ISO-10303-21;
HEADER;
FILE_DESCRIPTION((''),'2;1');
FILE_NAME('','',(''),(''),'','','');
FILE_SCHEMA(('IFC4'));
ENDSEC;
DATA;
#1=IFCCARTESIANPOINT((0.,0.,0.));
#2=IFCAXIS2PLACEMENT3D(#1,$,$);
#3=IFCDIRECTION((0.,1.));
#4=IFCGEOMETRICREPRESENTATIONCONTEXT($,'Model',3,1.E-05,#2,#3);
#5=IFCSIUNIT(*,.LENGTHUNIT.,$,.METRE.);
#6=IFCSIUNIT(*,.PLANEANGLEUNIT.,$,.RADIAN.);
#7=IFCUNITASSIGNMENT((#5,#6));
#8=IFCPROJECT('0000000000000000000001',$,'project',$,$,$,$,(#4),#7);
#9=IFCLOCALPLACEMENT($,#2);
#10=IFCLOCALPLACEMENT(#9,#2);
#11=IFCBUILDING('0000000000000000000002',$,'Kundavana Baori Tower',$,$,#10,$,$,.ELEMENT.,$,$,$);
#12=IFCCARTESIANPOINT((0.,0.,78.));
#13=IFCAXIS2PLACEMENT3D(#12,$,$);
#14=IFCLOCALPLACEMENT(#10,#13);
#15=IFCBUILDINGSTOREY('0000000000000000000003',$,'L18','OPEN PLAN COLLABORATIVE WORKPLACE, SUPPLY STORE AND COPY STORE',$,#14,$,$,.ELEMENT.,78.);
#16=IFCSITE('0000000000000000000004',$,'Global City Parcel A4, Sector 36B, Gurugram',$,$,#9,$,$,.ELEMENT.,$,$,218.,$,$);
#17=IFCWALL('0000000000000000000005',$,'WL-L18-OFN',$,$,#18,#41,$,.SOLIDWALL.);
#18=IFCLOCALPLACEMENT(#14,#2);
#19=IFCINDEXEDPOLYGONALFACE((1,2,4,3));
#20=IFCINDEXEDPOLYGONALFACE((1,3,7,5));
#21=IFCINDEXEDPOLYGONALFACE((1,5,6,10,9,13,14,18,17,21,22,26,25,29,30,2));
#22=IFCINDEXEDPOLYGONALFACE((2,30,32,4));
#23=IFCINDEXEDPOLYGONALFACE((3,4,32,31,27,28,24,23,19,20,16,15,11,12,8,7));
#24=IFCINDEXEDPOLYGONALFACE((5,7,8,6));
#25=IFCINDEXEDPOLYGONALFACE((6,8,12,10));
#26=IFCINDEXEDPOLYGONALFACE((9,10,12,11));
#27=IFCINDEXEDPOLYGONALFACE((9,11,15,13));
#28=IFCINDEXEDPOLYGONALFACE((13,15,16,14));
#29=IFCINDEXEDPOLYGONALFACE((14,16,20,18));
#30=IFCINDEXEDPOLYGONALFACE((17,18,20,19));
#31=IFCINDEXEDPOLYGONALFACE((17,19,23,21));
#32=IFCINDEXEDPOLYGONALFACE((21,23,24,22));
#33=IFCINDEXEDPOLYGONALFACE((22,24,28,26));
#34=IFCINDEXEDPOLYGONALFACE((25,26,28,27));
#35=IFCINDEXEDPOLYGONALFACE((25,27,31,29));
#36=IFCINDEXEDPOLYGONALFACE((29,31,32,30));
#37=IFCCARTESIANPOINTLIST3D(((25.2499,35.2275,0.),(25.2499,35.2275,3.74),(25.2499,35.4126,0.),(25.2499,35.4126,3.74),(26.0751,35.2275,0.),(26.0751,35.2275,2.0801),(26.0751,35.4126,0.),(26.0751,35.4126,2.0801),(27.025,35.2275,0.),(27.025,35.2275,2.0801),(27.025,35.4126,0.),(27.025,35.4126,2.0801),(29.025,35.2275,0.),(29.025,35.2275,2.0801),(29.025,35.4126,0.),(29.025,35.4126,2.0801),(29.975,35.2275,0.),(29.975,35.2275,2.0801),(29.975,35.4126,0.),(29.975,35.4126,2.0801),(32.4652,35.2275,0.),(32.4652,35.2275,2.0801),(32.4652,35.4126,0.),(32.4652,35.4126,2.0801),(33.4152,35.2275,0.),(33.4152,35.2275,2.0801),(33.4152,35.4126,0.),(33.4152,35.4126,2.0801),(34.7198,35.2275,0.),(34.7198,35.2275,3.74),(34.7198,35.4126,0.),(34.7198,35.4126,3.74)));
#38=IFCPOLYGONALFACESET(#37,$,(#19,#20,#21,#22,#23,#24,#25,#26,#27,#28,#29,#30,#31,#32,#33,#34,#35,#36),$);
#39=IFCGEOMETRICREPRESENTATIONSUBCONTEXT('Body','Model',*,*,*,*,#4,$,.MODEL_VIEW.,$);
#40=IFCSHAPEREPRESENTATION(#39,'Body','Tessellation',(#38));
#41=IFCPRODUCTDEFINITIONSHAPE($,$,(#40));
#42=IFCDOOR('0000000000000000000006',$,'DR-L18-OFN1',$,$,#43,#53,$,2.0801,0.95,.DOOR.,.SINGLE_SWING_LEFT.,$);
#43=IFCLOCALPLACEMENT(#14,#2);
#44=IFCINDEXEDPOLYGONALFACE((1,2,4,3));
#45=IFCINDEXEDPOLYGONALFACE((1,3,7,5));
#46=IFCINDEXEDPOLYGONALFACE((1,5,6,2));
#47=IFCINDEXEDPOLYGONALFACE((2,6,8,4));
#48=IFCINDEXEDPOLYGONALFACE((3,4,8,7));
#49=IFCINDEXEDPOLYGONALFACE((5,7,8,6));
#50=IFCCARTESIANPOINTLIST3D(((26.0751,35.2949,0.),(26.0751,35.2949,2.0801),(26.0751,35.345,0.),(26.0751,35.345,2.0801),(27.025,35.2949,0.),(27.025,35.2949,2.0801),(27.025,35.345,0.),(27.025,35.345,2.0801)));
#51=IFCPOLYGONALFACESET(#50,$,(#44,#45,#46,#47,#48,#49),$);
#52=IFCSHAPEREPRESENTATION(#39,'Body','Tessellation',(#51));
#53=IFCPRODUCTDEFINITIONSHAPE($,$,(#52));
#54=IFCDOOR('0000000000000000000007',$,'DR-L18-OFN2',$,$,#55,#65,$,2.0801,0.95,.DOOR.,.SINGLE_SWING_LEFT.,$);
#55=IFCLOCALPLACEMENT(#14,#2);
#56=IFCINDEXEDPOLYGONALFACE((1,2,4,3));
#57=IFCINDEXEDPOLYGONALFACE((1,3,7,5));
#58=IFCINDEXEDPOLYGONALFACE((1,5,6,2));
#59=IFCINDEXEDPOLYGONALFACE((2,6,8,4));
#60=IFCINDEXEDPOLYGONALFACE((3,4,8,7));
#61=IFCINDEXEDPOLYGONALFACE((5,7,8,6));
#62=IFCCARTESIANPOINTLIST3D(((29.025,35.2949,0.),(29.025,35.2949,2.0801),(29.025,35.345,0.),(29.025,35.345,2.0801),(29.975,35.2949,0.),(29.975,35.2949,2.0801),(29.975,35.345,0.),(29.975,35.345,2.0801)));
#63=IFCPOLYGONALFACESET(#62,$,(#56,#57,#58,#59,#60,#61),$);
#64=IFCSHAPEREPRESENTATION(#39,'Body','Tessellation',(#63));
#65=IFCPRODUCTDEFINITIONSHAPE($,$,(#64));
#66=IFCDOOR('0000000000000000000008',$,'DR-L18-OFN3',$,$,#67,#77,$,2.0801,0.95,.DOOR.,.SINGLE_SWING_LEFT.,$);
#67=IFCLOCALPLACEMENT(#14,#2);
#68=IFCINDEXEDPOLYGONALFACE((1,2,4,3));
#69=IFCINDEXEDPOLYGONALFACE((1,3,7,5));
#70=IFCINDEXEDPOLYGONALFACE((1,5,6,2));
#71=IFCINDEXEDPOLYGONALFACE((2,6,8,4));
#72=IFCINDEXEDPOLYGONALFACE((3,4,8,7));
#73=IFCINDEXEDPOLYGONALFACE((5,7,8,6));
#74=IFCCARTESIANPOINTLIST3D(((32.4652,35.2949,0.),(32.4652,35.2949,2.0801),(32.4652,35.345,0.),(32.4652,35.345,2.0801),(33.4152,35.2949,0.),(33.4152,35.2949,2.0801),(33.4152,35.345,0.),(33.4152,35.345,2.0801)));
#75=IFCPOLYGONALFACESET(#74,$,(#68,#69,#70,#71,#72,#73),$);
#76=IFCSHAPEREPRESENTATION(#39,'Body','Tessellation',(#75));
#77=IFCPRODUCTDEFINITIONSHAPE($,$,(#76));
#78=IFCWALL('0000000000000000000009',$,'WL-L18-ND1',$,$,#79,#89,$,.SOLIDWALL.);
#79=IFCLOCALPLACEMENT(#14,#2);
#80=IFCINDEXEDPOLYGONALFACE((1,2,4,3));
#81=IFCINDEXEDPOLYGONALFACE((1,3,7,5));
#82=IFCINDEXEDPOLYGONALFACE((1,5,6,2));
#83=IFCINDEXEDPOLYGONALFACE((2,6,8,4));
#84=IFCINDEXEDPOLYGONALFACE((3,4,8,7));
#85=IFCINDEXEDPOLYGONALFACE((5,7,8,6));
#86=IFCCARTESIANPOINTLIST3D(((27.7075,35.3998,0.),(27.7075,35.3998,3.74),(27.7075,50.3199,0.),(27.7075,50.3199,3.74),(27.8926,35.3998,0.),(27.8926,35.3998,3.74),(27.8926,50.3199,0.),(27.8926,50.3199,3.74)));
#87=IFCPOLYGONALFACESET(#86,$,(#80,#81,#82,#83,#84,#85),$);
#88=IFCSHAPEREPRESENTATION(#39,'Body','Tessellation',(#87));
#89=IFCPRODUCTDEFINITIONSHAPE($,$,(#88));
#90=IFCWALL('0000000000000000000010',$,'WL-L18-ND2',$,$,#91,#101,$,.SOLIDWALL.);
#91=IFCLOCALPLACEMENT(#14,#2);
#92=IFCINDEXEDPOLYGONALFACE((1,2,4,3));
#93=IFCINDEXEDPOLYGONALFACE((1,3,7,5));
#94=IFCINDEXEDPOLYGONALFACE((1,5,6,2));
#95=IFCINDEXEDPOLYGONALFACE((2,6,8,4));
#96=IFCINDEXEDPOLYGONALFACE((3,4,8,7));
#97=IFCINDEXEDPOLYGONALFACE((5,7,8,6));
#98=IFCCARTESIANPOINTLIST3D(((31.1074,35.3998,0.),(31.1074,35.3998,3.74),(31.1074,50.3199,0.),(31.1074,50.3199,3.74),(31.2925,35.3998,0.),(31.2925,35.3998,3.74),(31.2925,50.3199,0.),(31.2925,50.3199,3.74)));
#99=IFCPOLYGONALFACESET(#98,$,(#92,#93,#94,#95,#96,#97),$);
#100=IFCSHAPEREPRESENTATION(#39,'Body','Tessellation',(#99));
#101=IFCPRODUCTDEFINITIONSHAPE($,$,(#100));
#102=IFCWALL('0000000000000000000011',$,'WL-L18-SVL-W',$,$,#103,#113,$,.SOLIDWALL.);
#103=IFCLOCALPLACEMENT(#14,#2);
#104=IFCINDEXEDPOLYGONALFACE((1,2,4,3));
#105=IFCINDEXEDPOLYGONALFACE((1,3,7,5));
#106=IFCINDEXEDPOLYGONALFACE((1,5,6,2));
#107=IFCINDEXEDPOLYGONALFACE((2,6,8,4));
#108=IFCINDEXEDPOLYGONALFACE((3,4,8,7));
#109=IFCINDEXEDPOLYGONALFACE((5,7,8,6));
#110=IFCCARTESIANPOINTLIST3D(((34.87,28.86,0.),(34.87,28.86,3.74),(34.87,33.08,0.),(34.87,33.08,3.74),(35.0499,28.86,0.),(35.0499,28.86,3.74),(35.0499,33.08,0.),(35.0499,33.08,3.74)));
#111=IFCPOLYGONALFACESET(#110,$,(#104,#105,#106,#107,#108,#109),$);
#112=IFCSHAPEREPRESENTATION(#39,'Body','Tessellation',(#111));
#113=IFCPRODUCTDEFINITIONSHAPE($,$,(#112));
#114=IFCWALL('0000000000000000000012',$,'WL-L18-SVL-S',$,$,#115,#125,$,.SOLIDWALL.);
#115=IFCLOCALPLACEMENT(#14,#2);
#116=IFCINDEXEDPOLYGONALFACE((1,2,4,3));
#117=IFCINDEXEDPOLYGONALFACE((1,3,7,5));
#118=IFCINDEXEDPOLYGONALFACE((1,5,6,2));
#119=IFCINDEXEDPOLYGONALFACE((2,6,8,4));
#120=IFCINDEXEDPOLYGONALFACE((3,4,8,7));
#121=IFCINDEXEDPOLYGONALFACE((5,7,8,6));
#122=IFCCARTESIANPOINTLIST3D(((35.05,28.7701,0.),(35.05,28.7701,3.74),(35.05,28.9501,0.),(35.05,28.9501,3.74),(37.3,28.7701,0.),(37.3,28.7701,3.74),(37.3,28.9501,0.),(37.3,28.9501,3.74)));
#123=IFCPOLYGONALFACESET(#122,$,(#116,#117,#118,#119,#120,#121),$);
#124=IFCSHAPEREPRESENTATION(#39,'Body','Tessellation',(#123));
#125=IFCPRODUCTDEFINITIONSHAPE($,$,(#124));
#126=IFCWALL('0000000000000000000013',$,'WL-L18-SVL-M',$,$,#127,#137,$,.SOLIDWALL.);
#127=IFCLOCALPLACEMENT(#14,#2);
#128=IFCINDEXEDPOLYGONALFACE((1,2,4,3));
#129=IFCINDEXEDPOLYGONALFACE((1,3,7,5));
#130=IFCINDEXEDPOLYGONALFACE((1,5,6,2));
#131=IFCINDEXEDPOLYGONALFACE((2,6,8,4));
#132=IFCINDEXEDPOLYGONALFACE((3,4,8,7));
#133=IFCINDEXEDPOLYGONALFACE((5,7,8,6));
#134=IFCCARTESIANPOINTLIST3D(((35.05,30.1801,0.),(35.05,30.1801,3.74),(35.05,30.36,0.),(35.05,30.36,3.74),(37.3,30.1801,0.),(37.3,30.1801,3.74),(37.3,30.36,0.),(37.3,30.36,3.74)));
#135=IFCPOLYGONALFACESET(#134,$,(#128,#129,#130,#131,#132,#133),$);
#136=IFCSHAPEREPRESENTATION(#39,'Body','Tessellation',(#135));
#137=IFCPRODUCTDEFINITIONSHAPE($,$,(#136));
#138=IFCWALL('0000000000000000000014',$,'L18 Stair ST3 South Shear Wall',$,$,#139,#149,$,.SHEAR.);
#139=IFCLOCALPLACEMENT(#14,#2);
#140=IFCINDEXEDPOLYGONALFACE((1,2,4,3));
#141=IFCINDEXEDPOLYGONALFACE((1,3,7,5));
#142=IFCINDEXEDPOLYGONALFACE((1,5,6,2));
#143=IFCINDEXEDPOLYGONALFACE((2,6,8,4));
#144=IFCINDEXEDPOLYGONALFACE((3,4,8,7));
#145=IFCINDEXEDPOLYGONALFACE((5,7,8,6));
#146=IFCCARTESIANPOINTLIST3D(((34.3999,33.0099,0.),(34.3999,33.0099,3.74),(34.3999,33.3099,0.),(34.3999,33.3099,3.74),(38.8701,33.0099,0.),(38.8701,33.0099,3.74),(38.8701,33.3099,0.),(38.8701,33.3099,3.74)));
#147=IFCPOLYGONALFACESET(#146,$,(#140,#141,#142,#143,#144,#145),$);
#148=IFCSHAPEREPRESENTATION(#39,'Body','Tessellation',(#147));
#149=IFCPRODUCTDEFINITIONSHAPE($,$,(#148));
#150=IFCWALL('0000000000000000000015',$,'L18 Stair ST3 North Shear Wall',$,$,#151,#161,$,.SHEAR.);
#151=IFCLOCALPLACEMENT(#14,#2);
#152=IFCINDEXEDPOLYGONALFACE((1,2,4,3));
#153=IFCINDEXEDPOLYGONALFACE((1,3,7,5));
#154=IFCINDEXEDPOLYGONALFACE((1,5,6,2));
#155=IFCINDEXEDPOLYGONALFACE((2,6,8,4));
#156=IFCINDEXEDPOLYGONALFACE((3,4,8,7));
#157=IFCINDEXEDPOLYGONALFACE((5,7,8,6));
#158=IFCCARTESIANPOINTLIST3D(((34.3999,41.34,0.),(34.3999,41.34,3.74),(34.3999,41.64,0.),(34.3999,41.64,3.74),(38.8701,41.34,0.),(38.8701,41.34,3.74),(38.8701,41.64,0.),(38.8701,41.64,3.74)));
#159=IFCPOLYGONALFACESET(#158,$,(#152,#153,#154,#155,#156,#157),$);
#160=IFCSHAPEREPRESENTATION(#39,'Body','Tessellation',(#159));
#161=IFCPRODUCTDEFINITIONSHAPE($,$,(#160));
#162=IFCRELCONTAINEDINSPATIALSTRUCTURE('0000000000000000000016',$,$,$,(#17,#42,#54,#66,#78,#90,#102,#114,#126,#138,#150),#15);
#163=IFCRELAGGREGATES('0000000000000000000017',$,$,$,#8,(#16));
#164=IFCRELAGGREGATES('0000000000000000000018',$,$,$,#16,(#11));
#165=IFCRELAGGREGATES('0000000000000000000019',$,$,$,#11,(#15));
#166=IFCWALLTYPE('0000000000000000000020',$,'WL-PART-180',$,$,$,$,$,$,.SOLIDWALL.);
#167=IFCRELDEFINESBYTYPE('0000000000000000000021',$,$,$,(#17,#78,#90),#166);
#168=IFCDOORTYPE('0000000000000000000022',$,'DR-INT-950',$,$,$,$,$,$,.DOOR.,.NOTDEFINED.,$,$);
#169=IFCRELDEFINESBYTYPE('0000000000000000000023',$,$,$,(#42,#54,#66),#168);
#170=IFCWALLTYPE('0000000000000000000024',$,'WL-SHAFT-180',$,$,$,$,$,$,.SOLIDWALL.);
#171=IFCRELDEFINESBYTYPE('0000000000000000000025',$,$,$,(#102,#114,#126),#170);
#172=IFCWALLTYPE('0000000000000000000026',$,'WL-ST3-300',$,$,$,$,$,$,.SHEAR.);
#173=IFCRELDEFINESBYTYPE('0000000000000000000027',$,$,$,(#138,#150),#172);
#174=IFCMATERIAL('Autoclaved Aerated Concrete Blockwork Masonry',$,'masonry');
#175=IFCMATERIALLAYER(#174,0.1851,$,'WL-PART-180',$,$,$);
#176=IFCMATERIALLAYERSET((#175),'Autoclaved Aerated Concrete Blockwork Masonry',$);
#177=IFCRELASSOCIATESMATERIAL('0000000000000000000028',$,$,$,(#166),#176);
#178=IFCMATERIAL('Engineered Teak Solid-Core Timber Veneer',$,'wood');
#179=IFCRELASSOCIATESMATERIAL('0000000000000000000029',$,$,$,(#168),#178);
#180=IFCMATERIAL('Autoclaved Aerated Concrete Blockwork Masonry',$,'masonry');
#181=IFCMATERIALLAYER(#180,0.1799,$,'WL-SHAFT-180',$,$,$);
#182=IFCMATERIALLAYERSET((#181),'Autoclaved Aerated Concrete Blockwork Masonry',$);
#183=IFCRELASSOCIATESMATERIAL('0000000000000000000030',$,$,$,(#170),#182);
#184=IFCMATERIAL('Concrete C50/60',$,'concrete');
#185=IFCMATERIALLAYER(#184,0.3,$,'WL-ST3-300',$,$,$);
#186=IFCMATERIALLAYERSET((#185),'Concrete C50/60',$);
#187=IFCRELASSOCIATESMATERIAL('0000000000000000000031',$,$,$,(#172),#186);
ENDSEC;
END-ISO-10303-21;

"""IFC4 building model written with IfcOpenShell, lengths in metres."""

from ifc_helpers import new_model, si_unit, direction, frame, frame_2d, origin, place, context, subcontext, project, spatial, rectangle, extrude, material, layer, layer_set, type_object, element, fill, save


model = new_model("IFC4")

# Units and contexts
model_context = context("Model", 3, precision=1e-05, world=origin(), true_north=direction((0.0, 1.0)))
body_context = subcontext(model_context, "Body", "Model", "MODEL_VIEW")
ifc_project = project(units=[si_unit("LENGTHUNIT", "METRE"), si_unit("PLANEANGLEUNIT", "RADIAN")], contexts=[model_context])

# Site, building, storey
site_placement = place(None, origin())
site = spatial("IfcSite", under=ifc_project, at=site_placement, Name="Global City Parcel A4, Sector 36B, Gurugram", CompositionType="ELEMENT", RefElevation=218.0)
building_placement = place(site_placement, origin())
building = spatial("IfcBuilding", under=site, at=building_placement, Name="Kundavana Baori Tower", CompositionType="ELEMENT")
storey_placement = place(building_placement, frame((0.0, 0.0, 78.0)))
storey = spatial("IfcBuildingStorey", under=building, at=storey_placement, Name="L18", Description="OPEN PLAN COLLABORATIVE WORKPLACE, SUPPLY STORE AND COPY STORE", CompositionType="ELEMENT", Elevation=78.0)

# Wall, openings, doors
ifc_material_1 = material(Name="Autoclaved Aerated Concrete Blockwork Masonry", Category="masonry")
ifc_layer_1 = layer(ifc_material_1, 0.1851, Name="WL-PART-180")
ifc_layer_set_1 = layer_set([ifc_layer_1], Name="Autoclaved Aerated Concrete Blockwork Masonry")
wall_type_1 = type_object("IfcWallType", Name="WL-PART-180", PredefinedType="SOLIDWALL", material=ifc_layer_set_1)
wall_1_placement = place(storey_placement, frame((25.25, 35.3201, 0.0), z_axis=(0.0, 0.0, 1.0), x_axis=(1.0, 0.0, 0.0)))
wall_1 = element("IfcWall", 1, at=wall_1_placement, inside=storey, type_object=wall_type_1, Name="WL-L18-OFN", PredefinedType="SOLIDWALL", context=body_context, shape_type="SweptSolid", body=[
    extrude(rectangle(XDim=9.47, YDim=0.1851, at=frame_2d((4.7349, 0.0))), origin(), (0.0, 0.0, 1.0), 3.74),
])
opening_1_placement = place(wall_1_placement, frame((0.825, 0.0, 0.0)))
opening_1 = element("IfcOpeningElement", 2, at=opening_1_placement, cuts=wall_1, PredefinedType="OPENING", context=body_context, shape_type="SweptSolid", body=[
    extrude(rectangle(XDim=0.95, YDim=2.0801, at=frame_2d((0.4751, 1.04))), frame((0.0, 0.1025, 0.0), z_axis=(0.0, -1.0, 0.0), x_axis=(1.0, 0.0, 0.0)), (0.0, 0.0, 1.0), 0.2051),
])
opening_2_placement = place(wall_1_placement, frame((3.7749, 0.0, 0.0)))
opening_2 = element("IfcOpeningElement", 3, at=opening_2_placement, cuts=wall_1, PredefinedType="OPENING", context=body_context, shape_type="SweptSolid", body=[
    extrude(rectangle(XDim=0.95, YDim=2.0801, at=frame_2d((0.4751, 1.04))), frame((0.0, 0.1025, 0.0), z_axis=(0.0, -1.0, 0.0), x_axis=(1.0, 0.0, 0.0)), (0.0, 0.0, 1.0), 0.2051),
])
opening_3_placement = place(wall_1_placement, frame((7.2151, 0.0, 0.0)))
opening_3 = element("IfcOpeningElement", 4, at=opening_3_placement, cuts=wall_1, PredefinedType="OPENING", context=body_context, shape_type="SweptSolid", body=[
    extrude(rectangle(XDim=0.95, YDim=2.0801, at=frame_2d((0.4751, 1.04))), frame((0.0, 0.1025, 0.0), z_axis=(0.0, -1.0, 0.0), x_axis=(1.0, 0.0, 0.0)), (0.0, 0.0, 1.0), 0.2051),
])
ifc_material_2 = material(Name="Engineered Teak Solid-Core Timber Veneer", Category="wood")
door_type_1 = type_object("IfcDoorType", Name="DR-INT-950", OperationType="NOTDEFINED", PredefinedType="DOOR", material=ifc_material_2)
door_1_placement = place(opening_1_placement, origin())
door_1 = element("IfcDoor", 5, at=door_1_placement, inside=storey, type_object=door_type_1, Name="DR-L18-OFN1", OperationType="SINGLE_SWING_LEFT", OverallHeight=2.0801, OverallWidth=0.95, PredefinedType="DOOR", context=body_context, shape_type="SweptSolid", body=[
    extrude(rectangle(XDim=0.95, YDim=2.0801, at=frame_2d((0.4751, 1.04))), frame((0.0, 0.0249, 0.0), z_axis=(0.0, -1.0, 0.0), x_axis=(1.0, 0.0, 0.0)), (0.0, 0.0, 1.0), 0.05),
])
fill(opening_1, door_1)
door_2_placement = place(opening_2_placement, origin())
door_2 = element("IfcDoor", 6, at=door_2_placement, inside=storey, type_object=door_type_1, Name="DR-L18-OFN2", OperationType="SINGLE_SWING_LEFT", OverallHeight=2.0801, OverallWidth=0.95, PredefinedType="DOOR", context=body_context, shape_type="SweptSolid", body=[
    extrude(rectangle(XDim=0.95, YDim=2.0801, at=frame_2d((0.4751, 1.04))), frame((0.0, 0.0249, 0.0), z_axis=(0.0, -1.0, 0.0), x_axis=(1.0, 0.0, 0.0)), (0.0, 0.0, 1.0), 0.05),
])
fill(opening_2, door_2)
door_3_placement = place(opening_3_placement, origin())
door_3 = element("IfcDoor", 7, at=door_3_placement, inside=storey, type_object=door_type_1, Name="DR-L18-OFN3", OperationType="SINGLE_SWING_LEFT", OverallHeight=2.0801, OverallWidth=0.95, PredefinedType="DOOR", context=body_context, shape_type="SweptSolid", body=[
    extrude(rectangle(XDim=0.95, YDim=2.0801, at=frame_2d((0.4751, 1.04))), frame((0.0, 0.0249, 0.0), z_axis=(0.0, -1.0, 0.0), x_axis=(1.0, 0.0, 0.0)), (0.0, 0.0, 1.0), 0.05),
])
fill(opening_3, door_3)

# Walls
for number, where, z_axis, x_axis, name in (
    (8, (27.8, 35.3999, 0.0), (0.0, 0.0, 1.0), (0.0, 1.0, 0.0), "WL-L18-ND1"),
    (9, (31.2, 35.3999, 0.0), (0.0, 0.0, 1.0), (0.0, 1.0, 0.0), "WL-L18-ND2"),
):
    element("IfcWall", number, at=place(storey_placement, frame(where, z_axis=z_axis, x_axis=x_axis)), inside=storey, type_object=wall_type_1, Name=name, PredefinedType="SOLIDWALL", context=body_context, shape_type="SweptSolid", body=[
        extrude(rectangle(XDim=14.9202, YDim=0.1851, at=frame_2d((7.46, 0.0))), origin(), (0.0, 0.0, 1.0), 3.74),
    ])
ifc_material_3 = material(Name="Autoclaved Aerated Concrete Blockwork Masonry", Category="masonry")
ifc_layer_2 = layer(ifc_material_3, 0.1799, Name="WL-SHAFT-180")
ifc_layer_set_2 = layer_set([ifc_layer_2], Name="Autoclaved Aerated Concrete Blockwork Masonry")
wall_type_2 = type_object("IfcWallType", Name="WL-SHAFT-180", PredefinedType="SOLIDWALL", material=ifc_layer_set_2)
wall_2_placement = place(storey_placement, frame((34.96, 28.8601, 0.0), z_axis=(0.0, 0.0, 1.0), x_axis=(0.0, 1.0, 0.0)))
element("IfcWall", 10, at=wall_2_placement, inside=storey, type_object=wall_type_2, Name="WL-L18-SVL-W", PredefinedType="SOLIDWALL", context=body_context, shape_type="SweptSolid", body=[
    extrude(rectangle(XDim=4.22, YDim=0.1799, at=frame_2d((2.1099, 0.0))), origin(), (0.0, 0.0, 1.0), 3.74),
])
for number, where, z_axis, x_axis, name in (
    (11, (35.05, 28.8601, 0.0), (0.0, 0.0, 1.0), (1.0, 0.0, 0.0), "WL-L18-SVL-S"),
    (12, (35.05, 30.27, 0.0), (0.0, 0.0, 1.0), (1.0, 0.0, 0.0), "WL-L18-SVL-M"),
):
    element("IfcWall", number, at=place(storey_placement, frame(where, z_axis=z_axis, x_axis=x_axis)), inside=storey, type_object=wall_type_2, Name=name, PredefinedType="SOLIDWALL", context=body_context, shape_type="SweptSolid", body=[
        extrude(rectangle(XDim=2.25, YDim=0.1799, at=frame_2d((1.125, 0.0))), origin(), (0.0, 0.0, 1.0), 3.74),
    ])
ifc_material_4 = material(Name="Concrete C50/60", Category="concrete")
ifc_layer_3 = layer(ifc_material_4, 0.3, Name="WL-ST3-300")
ifc_layer_set_3 = layer_set([ifc_layer_3], Name="Concrete C50/60")
wall_type_3 = type_object("IfcWallType", Name="WL-ST3-300", PredefinedType="SHEAR", material=ifc_layer_set_3)
for number, where, z_axis, x_axis, name in (
    (13, (34.3999, 33.1599, 0.0), (0.0, 0.0, 1.0), (1.0, 0.0, 0.0), "L18 Stair ST3 South Shear Wall"),
    (14, (34.3999, 41.49, 0.0), (0.0, 0.0, 1.0), (1.0, 0.0, 0.0), "L18 Stair ST3 North Shear Wall"),
):
    element("IfcWall", number, at=place(storey_placement, frame(where, z_axis=z_axis, x_axis=x_axis)), inside=storey, type_object=wall_type_3, Name=name, PredefinedType="SHEAR", context=body_context, shape_type="SweptSolid", body=[
        extrude(rectangle(XDim=4.4702, YDim=0.3, at=frame_2d((2.2351, 0.0))), origin(), (0.0, 0.0, 1.0), 3.74),
    ])

save(model, "model.ifc")
